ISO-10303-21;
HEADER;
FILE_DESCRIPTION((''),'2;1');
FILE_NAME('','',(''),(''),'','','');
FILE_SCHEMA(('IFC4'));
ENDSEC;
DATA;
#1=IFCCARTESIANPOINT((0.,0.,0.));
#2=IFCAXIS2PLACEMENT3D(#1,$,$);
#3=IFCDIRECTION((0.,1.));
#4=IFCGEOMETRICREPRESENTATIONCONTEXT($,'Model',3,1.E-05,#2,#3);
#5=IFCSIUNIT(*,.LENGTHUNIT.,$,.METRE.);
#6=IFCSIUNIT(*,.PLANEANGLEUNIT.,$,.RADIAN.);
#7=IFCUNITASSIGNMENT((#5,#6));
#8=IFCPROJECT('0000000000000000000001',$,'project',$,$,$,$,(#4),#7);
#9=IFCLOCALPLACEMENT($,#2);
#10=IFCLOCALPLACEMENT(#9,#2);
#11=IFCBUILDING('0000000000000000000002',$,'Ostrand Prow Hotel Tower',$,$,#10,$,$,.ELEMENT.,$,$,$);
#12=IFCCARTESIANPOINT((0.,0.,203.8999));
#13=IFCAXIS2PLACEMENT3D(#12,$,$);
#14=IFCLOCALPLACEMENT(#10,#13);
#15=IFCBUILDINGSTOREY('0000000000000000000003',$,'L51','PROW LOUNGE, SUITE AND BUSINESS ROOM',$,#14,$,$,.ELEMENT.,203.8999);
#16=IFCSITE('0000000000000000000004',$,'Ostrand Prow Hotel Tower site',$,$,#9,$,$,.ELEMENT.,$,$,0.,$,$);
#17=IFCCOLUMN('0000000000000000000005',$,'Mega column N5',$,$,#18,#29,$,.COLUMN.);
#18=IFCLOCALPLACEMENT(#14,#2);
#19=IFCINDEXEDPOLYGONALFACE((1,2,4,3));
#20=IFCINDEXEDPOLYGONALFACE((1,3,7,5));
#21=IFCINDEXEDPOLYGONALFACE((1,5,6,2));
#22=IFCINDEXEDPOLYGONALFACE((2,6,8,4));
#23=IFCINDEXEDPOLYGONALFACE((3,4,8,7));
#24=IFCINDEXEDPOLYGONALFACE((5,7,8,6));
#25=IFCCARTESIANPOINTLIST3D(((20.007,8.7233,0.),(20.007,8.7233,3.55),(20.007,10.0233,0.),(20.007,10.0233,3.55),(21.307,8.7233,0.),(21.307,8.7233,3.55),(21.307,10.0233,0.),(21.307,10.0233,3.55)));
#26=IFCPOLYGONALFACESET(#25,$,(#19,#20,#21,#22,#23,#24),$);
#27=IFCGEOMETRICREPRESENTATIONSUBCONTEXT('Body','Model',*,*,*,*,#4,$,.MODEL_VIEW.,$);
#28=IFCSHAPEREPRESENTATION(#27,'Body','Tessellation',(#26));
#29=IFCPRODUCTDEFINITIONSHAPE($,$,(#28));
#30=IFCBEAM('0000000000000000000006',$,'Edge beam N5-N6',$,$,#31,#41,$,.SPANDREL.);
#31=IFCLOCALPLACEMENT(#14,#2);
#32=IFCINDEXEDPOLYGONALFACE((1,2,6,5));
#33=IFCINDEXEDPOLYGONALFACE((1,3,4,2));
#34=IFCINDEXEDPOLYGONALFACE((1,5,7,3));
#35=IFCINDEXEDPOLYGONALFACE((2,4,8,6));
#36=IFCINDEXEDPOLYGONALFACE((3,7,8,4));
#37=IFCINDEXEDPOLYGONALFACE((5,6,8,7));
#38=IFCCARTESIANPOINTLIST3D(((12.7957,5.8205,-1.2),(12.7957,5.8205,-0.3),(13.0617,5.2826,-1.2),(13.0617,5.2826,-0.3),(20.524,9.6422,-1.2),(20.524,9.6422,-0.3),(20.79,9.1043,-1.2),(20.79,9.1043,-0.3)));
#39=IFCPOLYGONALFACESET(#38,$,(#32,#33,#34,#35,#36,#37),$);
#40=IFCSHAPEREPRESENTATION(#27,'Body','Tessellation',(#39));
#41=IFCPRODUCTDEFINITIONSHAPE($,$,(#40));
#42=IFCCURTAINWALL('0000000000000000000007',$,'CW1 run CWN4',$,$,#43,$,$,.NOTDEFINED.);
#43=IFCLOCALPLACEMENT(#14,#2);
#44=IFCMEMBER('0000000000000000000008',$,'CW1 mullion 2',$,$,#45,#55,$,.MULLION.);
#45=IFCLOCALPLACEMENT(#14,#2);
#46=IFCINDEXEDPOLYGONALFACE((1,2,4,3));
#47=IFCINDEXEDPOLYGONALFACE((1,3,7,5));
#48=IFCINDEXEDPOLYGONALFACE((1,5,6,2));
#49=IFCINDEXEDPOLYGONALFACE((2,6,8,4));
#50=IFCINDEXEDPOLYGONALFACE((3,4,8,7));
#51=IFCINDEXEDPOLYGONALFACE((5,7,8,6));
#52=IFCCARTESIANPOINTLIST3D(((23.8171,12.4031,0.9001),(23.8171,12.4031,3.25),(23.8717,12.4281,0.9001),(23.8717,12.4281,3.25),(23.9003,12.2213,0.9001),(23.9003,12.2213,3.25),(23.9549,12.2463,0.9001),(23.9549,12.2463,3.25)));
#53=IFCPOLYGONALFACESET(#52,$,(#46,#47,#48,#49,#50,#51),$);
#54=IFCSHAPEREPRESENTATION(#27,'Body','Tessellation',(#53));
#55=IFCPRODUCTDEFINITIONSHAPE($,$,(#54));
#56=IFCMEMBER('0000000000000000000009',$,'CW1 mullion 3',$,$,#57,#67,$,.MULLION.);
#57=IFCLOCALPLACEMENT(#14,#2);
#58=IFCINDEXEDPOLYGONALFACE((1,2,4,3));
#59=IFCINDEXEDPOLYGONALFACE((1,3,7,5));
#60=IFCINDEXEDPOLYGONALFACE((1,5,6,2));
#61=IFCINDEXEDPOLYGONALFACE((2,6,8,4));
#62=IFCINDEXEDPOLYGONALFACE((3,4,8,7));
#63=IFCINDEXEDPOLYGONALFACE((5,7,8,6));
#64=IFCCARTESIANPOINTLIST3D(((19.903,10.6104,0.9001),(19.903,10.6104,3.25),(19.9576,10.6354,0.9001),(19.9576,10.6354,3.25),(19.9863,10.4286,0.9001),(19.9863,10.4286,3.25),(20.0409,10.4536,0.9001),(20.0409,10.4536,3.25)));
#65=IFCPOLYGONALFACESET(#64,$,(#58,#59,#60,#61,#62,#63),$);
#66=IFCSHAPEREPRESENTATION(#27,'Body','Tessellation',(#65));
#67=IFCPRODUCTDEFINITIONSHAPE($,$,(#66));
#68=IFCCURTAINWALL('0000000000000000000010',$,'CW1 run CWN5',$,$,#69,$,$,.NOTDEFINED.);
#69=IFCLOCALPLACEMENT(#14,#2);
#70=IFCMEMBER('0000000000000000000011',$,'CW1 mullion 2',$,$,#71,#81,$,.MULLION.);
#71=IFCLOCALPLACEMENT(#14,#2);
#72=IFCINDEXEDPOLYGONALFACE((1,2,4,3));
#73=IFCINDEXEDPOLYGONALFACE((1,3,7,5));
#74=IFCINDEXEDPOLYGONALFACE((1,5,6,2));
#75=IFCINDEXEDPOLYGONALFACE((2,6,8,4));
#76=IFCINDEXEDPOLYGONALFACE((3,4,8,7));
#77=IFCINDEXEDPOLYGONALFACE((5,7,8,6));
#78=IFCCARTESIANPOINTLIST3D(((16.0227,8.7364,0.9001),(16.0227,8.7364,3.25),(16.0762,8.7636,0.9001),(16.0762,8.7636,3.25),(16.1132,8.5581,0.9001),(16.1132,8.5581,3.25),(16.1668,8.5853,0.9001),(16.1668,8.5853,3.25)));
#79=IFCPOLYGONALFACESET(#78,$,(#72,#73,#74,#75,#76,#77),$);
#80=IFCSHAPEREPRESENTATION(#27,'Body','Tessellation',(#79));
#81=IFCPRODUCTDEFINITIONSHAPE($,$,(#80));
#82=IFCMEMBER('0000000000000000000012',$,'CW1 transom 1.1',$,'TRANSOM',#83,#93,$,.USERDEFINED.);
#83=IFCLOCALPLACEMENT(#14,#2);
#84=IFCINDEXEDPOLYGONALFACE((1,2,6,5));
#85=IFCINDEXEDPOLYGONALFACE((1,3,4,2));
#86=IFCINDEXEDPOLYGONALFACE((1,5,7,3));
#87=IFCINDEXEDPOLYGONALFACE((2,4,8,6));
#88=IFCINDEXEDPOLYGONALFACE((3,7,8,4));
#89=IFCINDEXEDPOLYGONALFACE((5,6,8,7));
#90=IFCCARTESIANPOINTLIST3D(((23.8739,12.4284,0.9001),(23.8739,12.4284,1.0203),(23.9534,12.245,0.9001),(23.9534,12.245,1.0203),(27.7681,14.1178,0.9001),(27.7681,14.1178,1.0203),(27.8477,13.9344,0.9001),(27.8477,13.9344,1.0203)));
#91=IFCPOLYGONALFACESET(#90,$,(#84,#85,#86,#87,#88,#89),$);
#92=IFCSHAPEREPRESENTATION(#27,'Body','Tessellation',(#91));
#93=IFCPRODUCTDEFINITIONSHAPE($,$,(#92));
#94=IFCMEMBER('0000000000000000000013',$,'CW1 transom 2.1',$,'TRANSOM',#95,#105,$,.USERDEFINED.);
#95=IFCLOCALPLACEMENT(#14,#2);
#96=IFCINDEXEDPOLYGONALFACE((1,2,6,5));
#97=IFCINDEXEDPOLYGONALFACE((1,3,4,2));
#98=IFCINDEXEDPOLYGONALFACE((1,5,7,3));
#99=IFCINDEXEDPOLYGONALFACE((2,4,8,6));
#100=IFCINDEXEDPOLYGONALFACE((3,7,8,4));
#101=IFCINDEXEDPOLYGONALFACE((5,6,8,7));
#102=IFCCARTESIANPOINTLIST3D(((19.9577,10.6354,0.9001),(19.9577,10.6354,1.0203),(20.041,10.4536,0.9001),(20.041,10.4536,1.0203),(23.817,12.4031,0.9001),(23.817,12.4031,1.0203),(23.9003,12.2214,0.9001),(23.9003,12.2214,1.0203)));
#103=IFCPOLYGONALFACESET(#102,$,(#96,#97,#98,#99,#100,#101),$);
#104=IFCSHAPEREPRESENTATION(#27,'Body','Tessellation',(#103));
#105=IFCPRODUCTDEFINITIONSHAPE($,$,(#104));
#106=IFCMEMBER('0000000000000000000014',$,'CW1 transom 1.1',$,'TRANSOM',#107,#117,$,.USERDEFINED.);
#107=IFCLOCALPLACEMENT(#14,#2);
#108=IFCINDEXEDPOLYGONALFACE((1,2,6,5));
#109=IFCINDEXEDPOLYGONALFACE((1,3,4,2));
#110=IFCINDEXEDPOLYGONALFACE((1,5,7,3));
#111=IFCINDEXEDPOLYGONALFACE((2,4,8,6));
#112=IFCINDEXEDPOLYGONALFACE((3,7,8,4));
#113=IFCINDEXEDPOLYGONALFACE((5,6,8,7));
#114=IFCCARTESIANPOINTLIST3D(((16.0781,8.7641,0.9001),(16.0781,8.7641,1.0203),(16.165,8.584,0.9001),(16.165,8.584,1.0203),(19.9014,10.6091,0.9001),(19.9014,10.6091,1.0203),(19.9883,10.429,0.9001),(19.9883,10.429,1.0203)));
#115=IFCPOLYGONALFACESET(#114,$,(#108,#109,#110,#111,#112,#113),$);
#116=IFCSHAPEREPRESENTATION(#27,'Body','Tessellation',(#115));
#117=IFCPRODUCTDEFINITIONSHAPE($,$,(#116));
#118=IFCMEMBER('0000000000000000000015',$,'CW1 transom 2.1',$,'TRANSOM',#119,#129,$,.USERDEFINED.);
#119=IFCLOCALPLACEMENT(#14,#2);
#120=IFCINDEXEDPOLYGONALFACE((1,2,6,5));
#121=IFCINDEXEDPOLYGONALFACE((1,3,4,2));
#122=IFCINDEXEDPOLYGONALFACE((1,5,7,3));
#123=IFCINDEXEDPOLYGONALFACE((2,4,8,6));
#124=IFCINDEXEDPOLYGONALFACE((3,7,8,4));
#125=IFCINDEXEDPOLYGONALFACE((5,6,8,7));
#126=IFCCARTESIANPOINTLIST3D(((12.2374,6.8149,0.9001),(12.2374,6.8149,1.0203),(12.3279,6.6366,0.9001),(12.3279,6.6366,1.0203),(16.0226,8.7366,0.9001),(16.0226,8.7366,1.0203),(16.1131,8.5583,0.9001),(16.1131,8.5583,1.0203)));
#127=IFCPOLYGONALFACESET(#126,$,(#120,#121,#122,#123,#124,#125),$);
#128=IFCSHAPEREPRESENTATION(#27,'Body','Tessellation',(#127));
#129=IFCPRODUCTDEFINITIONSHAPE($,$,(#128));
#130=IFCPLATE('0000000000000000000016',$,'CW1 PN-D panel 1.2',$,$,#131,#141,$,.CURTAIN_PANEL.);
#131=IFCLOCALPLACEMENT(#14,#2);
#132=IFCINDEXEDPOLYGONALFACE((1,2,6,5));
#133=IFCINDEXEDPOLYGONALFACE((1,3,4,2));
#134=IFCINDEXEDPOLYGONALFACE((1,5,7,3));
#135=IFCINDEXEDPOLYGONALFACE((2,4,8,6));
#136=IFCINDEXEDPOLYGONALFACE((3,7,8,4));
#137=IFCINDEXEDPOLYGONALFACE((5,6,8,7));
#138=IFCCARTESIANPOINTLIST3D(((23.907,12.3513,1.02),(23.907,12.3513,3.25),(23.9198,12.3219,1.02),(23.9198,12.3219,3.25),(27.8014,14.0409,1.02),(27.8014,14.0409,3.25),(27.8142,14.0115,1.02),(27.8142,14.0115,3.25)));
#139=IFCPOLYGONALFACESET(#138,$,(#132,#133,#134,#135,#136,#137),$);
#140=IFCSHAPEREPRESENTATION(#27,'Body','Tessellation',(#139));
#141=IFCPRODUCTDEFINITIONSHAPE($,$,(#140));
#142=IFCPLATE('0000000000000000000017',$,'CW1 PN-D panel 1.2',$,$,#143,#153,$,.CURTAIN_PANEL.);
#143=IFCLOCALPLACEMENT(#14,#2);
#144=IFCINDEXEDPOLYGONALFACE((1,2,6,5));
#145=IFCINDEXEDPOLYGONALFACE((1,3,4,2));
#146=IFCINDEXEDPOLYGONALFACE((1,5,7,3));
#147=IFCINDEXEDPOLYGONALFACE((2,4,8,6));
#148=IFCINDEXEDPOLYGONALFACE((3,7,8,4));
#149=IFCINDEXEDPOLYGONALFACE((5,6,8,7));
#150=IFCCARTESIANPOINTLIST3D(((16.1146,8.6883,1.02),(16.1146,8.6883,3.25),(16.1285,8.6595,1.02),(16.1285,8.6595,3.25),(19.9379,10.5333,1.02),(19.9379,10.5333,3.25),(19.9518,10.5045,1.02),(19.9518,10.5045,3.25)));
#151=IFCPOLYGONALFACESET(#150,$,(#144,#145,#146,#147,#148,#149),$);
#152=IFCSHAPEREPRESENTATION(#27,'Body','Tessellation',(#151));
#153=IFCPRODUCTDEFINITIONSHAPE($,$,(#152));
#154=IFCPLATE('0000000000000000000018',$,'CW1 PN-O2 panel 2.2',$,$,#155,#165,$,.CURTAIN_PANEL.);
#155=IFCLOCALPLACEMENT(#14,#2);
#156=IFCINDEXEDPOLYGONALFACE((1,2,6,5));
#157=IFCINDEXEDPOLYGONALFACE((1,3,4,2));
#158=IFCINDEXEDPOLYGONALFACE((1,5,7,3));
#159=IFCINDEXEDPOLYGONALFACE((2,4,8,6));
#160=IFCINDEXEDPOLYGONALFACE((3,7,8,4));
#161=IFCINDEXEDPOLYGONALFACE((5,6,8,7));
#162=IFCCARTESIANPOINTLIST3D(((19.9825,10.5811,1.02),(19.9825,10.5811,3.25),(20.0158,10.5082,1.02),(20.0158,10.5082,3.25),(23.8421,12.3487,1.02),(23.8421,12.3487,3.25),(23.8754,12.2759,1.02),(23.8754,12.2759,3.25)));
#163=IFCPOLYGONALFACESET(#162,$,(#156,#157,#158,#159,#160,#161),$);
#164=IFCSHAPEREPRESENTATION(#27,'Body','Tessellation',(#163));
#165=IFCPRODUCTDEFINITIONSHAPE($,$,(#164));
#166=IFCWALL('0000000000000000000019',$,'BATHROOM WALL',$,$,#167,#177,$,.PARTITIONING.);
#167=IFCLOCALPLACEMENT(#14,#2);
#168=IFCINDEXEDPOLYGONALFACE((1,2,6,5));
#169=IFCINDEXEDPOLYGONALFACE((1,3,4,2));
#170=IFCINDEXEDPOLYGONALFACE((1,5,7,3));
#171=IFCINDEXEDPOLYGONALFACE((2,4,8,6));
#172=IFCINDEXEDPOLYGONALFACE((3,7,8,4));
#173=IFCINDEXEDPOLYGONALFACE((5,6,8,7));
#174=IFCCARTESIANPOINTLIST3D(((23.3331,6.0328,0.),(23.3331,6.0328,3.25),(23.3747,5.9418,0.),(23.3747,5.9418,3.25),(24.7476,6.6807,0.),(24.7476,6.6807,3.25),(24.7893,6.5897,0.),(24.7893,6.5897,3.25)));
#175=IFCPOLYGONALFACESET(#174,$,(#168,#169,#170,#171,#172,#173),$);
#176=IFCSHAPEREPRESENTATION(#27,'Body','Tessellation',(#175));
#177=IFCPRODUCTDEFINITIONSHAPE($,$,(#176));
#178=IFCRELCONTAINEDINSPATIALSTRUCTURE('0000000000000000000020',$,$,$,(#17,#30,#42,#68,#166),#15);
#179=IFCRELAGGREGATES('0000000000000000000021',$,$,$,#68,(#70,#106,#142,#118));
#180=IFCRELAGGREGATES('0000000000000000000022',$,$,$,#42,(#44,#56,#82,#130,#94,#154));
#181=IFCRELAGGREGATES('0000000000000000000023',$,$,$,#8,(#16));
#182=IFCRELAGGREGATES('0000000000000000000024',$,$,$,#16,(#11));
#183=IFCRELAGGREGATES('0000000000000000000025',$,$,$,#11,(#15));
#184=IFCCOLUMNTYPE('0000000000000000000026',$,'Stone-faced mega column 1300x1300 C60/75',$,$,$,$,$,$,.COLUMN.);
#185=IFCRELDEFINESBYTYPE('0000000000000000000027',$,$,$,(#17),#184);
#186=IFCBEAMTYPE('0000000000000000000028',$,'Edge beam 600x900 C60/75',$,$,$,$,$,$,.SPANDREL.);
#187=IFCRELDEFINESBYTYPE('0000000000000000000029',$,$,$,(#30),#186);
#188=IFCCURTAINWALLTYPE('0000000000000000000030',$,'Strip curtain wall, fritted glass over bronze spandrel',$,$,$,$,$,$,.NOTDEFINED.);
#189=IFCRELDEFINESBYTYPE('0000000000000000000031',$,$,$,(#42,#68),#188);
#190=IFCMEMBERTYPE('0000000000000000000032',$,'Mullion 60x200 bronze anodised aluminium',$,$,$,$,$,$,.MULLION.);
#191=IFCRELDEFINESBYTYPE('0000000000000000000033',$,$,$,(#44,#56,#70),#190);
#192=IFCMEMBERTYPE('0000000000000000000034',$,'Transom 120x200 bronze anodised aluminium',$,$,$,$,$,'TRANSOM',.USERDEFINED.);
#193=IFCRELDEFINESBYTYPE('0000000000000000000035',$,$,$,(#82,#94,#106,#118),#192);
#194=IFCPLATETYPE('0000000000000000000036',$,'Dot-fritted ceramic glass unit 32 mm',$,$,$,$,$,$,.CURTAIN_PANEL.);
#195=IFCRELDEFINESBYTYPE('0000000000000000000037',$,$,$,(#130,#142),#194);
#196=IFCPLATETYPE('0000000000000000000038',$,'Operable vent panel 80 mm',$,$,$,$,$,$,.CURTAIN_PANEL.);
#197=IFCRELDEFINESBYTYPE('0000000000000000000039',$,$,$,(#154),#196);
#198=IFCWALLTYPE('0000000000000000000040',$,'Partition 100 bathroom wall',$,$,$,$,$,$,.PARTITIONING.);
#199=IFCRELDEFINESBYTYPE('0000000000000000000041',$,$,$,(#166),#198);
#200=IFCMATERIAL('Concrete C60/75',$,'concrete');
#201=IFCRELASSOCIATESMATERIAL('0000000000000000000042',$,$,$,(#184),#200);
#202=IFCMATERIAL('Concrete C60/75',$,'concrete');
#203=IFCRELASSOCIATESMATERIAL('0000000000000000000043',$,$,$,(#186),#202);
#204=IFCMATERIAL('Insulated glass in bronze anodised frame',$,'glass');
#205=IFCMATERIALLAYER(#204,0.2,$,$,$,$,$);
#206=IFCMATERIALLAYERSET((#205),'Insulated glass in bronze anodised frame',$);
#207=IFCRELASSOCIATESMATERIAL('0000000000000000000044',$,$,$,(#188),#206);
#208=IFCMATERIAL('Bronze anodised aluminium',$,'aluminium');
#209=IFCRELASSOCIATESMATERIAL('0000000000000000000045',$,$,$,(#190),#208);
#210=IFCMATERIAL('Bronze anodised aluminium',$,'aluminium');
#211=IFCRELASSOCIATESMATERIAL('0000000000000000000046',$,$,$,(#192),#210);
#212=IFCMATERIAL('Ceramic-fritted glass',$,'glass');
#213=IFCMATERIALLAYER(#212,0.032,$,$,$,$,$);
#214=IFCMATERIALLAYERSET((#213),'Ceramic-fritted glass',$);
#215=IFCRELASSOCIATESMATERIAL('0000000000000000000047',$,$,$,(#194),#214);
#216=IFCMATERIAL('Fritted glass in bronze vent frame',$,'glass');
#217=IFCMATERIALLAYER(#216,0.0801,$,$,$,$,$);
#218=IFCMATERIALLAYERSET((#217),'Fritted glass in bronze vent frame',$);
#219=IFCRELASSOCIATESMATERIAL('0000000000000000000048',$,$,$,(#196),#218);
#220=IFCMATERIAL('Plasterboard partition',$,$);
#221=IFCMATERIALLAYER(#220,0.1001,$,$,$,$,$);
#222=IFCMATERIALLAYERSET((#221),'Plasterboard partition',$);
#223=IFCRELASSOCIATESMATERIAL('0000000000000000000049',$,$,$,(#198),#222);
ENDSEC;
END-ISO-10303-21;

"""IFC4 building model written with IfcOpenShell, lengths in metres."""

from ifc_helpers import new_model, si_unit, direction, frame, frame_2d, origin, origin_2d, place, context, subcontext, project, spatial, rectangle, extrude, material, layer, layer_set, material_profile, profile_set, type_object, element, aggregate, save


model = new_model("IFC4")

# Units and contexts
model_context = context("Model", 3, precision=1e-05, world=origin(), true_north=direction((0.0, 1.0)))
body_context = subcontext(model_context, "Body", "Model", "MODEL_VIEW")
ifc_project = project(units=[si_unit("LENGTHUNIT", "METRE"), si_unit("PLANEANGLEUNIT", "RADIAN")], contexts=[model_context])

# Site, building, storey
site_placement = place(None, origin())
site = spatial("IfcSite", under=ifc_project, at=site_placement, Name="Ostrand Prow Hotel Tower site", CompositionType="ELEMENT", RefElevation=0.0)
building_placement = place(site_placement, origin())
building = spatial("IfcBuilding", under=site, at=building_placement, Name="Ostrand Prow Hotel Tower", CompositionType="ELEMENT")
storey_placement = place(building_placement, frame((0.0, 0.0, 203.8999)))
storey = spatial("IfcBuildingStorey", under=building, at=storey_placement, Name="L51", Description="PROW LOUNGE, SUITE AND BUSINESS ROOM", CompositionType="ELEMENT", Elevation=203.8999)

# Column
ifc_material_1 = material(Name="Concrete C60/75", Category="concrete")
ifc_material_profile_1 = material_profile(ifc_material_1, rectangle(XDim=1.3, YDim=1.3, at=origin_2d()), Name="RC 1300x1300")
ifc_profile_set_1 = profile_set([ifc_material_profile_1], Name="Concrete C60/75")
column_type = type_object("IfcColumnType", Name="Stone-faced mega column 1300x1300 C60/75", PredefinedType="COLUMN", material=ifc_profile_set_1)
column_placement = place(storey_placement, frame((20.657, 9.3733, 0.0), z_axis=(0.0, 0.0, 1.0), x_axis=(1.0, 0.0, 0.0)))
element("IfcColumn", 1, at=column_placement, inside=storey, type_object=column_type, Name="Mega column N5", PredefinedType="COLUMN", context=body_context, shape_type="SweptSolid", body=[
    extrude(rectangle(XDim=1.3, YDim=1.3, at=origin_2d()), origin(), (0.0, 0.0, 1.0), 3.55),
])

# Beam
ifc_material_2 = material(Name="Concrete C60/75", Category="concrete")
ifc_material_profile_2 = material_profile(ifc_material_2, rectangle(XDim=0.6001, YDim=0.8999, at=origin_2d()), Name="RC 600x900")
ifc_profile_set_2 = profile_set([ifc_material_profile_2], Name="Concrete C60/75")
beam_type = type_object("IfcBeamType", Name="Edge beam 600x900 C60/75", PredefinedType="SPANDREL", material=ifc_profile_set_2)
beam_placement = place(storey_placement, frame((20.657, 9.3733, -0.75), z_axis=(-0.896384, -0.443279, 0.0), x_axis=(0.443279, -0.896384, 0.0)))
element("IfcBeam", 2, at=beam_placement, inside=storey, type_object=beam_type, Name="Edge beam N5-N6", PredefinedType="SPANDREL", context=body_context, shape_type="SweptSolid", body=[
    extrude(rectangle(XDim=0.6001, YDim=0.8999, at=origin_2d()), origin(), (0.0, 0.0, 1.0), 8.6216),
])

# Curtain wall, members
ifc_material_3 = material(Name="Insulated glass in bronze anodised frame", Category="glass")
ifc_layer_1 = layer(ifc_material_3, 0.2)
ifc_layer_set_1 = layer_set([ifc_layer_1], Name="Insulated glass in bronze anodised frame")
curtain_wall_type = type_object("IfcCurtainWallType", Name="Strip curtain wall, fritted glass over bronze spandrel", PredefinedType="NOTDEFINED", material=ifc_layer_set_1)
curtain_wall_1_placement = place(storey_placement, origin())
curtain_wall_1 = element("IfcCurtainWall", 3, at=curtain_wall_1_placement, inside=storey, type_object=curtain_wall_type, Name="CW1 run CWN4", PredefinedType="NOTDEFINED")
ifc_material_4 = material(Name="Bronze anodised aluminium", Category="aluminium")
ifc_material_profile_3 = material_profile(ifc_material_4, rectangle(XDim=0.2, YDim=0.0601, at=origin_2d()), Name="Mullion 60x200 bronze anodised aluminium")
ifc_profile_set_3 = profile_set([ifc_material_profile_3], Name="Bronze anodised aluminium")
member_type_1 = type_object("IfcMemberType", Name="Mullion 60x200 bronze anodised aluminium", PredefinedType="MULLION", material=ifc_profile_set_3)
member_1_placement = place(storey_placement, frame((23.886, 12.3247, 0.9001), z_axis=(0.0, 0.0, 1.0), x_axis=(0.416393, -0.909185, 0.0)))
member_1 = element("IfcMember", 4, at=member_1_placement, type_object=member_type_1, Name="CW1 mullion 2", PredefinedType="MULLION", context=body_context, shape_type="SweptSolid", body=[
    extrude(rectangle(XDim=0.2, YDim=0.0601, at=origin_2d()), origin(), (0.0, 0.0, 1.0), 2.3499),
])
member_2_placement = place(storey_placement, frame((19.9719, 10.532, 0.9001), z_axis=(0.0, 0.0, 1.0), x_axis=(0.416393, -0.909185, 0.0)))
member_2 = element("IfcMember", 5, at=member_2_placement, type_object=member_type_1, Name="CW1 mullion 3", PredefinedType="MULLION", context=body_context, shape_type="SweptSolid", body=[
    extrude(rectangle(XDim=0.2, YDim=0.0601, at=origin_2d()), origin(), (0.0, 0.0, 1.0), 2.3499),
])

# Curtain wall, member
curtain_wall_2_placement = place(storey_placement, origin())
curtain_wall_2 = element("IfcCurtainWall", 6, at=curtain_wall_2_placement, inside=storey, type_object=curtain_wall_type, Name="CW1 run CWN5", PredefinedType="NOTDEFINED")
member_3_placement = place(storey_placement, frame((16.0947, 8.6609, 0.9001), z_axis=(0.0, 0.0, 1.0), x_axis=(0.452659, -0.891684, 0.0)))
member_3 = element("IfcMember", 7, at=member_3_placement, type_object=member_type_1, Name="CW1 mullion 2", PredefinedType="MULLION", context=body_context, shape_type="SweptSolid", body=[
    extrude(rectangle(XDim=0.2, YDim=0.0601, at=origin_2d()), origin(), (0.0, 0.0, 1.0), 2.3499),
])

# Members
ifc_material_5 = material(Name="Bronze anodised aluminium", Category="aluminium")
ifc_material_profile_4 = material_profile(ifc_material_5, rectangle(XDim=0.2, YDim=0.1201, at=origin_2d()), Name="Transom 120x200 bronze anodised aluminium")
ifc_profile_set_4 = profile_set([ifc_material_profile_4], Name="Bronze anodised aluminium")
member_type_2 = type_object("IfcMemberType", Name="Transom 120x200 bronze anodised aluminium", ElementType="TRANSOM", PredefinedType="USERDEFINED", material=ifc_profile_set_4)
member_4_placement = place(storey_placement, frame((27.8079, 14.0261, 0.9602), z_axis=(-0.91739, -0.39799, 0.0), x_axis=(0.39799, -0.91739, 0.0)))
member_4 = element("IfcMember", 8, at=member_4_placement, type_object=member_type_2, Name="CW1 transom 1.1", ObjectType="TRANSOM", PredefinedType="USERDEFINED", context=body_context, shape_type="SweptSolid", body=[
    extrude(rectangle(XDim=0.2, YDim=0.1201, at=origin_2d()), origin(), (0.0, 0.0, 1.0), 4.2449),
])
member_5_placement = place(storey_placement, frame((23.8586, 12.3123, 0.9602), z_axis=(-0.909159, -0.416449, 0.0), x_axis=(0.416449, -0.909159, 0.0)))
member_5 = element("IfcMember", 9, at=member_5_placement, type_object=member_type_2, Name="CW1 transom 2.1", ObjectType="TRANSOM", PredefinedType="USERDEFINED", context=body_context, shape_type="SweptSolid", body=[
    extrude(rectangle(XDim=0.2, YDim=0.1201, at=origin_2d()), origin(), (0.0, 0.0, 1.0), 4.2449),
])
member_6_placement = place(storey_placement, frame((19.9448, 10.519, 0.9602), z_axis=(-0.900619, -0.434609, 0.0), x_axis=(0.434609, -0.900619, 0.0)))
member_6 = element("IfcMember", 10, at=member_6_placement, type_object=member_type_2, Name="CW1 transom 1.1", ObjectType="TRANSOM", PredefinedType="USERDEFINED", context=body_context, shape_type="SweptSolid", body=[
    extrude(rectangle(XDim=0.2, YDim=0.1201, at=origin_2d()), origin(), (0.0, 0.0, 1.0), 4.2451),
])
member_7_placement = place(storey_placement, frame((16.0679, 8.6475, 0.9602), z_axis=(-0.891673, -0.45268, 0.0), x_axis=(0.45268, -0.891673, 0.0)))
member_7 = element("IfcMember", 11, at=member_7_placement, type_object=member_type_2, Name="CW1 transom 2.1", ObjectType="TRANSOM", PredefinedType="USERDEFINED", context=body_context, shape_type="SweptSolid", body=[
    extrude(rectangle(XDim=0.2, YDim=0.1201, at=origin_2d()), origin(), (0.0, 0.0, 1.0), 4.2451),
])

# Plates
ifc_material_6 = material(Name="Ceramic-fritted glass", Category="glass")
ifc_layer_2 = layer(ifc_material_6, 0.032)
ifc_layer_set_2 = layer_set([ifc_layer_2], Name="Ceramic-fritted glass")
plate_type_1 = type_object("IfcPlateType", Name="Dot-fritted ceramic glass unit 32 mm", PredefinedType="CURTAIN_PANEL", material=ifc_layer_set_2)
plate_1_placement = place(storey_placement, frame((25.8606, 13.1814, 1.02), z_axis=(0.0, 0.0, 1.0), x_axis=(-0.917383, -0.398005, 0.0)))
plate_1 = element("IfcPlate", 12, at=plate_1_placement, type_object=plate_type_1, Name="CW1 PN-D panel 1.2", PredefinedType="CURTAIN_PANEL", context=body_context, shape_type="SweptSolid", body=[
    extrude(rectangle(XDim=4.2451, YDim=0.032, at=origin_2d()), origin(), (0.0, 0.0, 1.0), 2.23),
])
plate_2_placement = place(storey_placement, frame((18.0332, 9.5964, 1.02), z_axis=(0.0, 0.0, 1.0), x_axis=(-0.900616, -0.434615, 0.0)))
plate_2 = element("IfcPlate", 13, at=plate_2_placement, type_object=plate_type_1, Name="CW1 PN-D panel 1.2", PredefinedType="CURTAIN_PANEL", context=body_context, shape_type="SweptSolid", body=[
    extrude(rectangle(XDim=4.2451, YDim=0.032, at=origin_2d()), origin(), (0.0, 0.0, 1.0), 2.23),
])
aggregate(curtain_wall_2, [member_3, member_6, plate_2, member_7])
ifc_material_7 = material(Name="Fritted glass in bronze vent frame", Category="glass")
ifc_layer_3 = layer(ifc_material_7, 0.0801)
ifc_layer_set_3 = layer_set([ifc_layer_3], Name="Fritted glass in bronze vent frame")
plate_type_2 = type_object("IfcPlateType", Name="Operable vent panel 80 mm", PredefinedType="CURTAIN_PANEL", material=ifc_layer_set_3)
plate_3_placement = place(storey_placement, frame((21.929, 11.4285, 1.02), z_axis=(0.0, 0.0, 1.0), x_axis=(-0.909185, -0.416393, 0.0)))
plate_3 = element("IfcPlate", 14, at=plate_3_placement, type_object=plate_type_2, Name="CW1 PN-O2 panel 2.2", PredefinedType="CURTAIN_PANEL", context=body_context, shape_type="SweptSolid", body=[
    extrude(rectangle(XDim=4.2451, YDim=0.0801, at=origin_2d()), origin(), (0.0, 0.0, 1.0), 2.23),
])
aggregate(curtain_wall_1, [member_1, member_2, member_4, plate_1, member_5, plate_3])

# Wall
ifc_material_8 = material(Name="Plasterboard partition")
ifc_layer_4 = layer(ifc_material_8, 0.1001)
ifc_layer_set_4 = layer_set([ifc_layer_4], Name="Plasterboard partition")
wall_type_1 = type_object("IfcWallType", Name="Partition 100 bathroom wall", PredefinedType="PARTITIONING", material=ifc_layer_set_4)
wall_1_placement = place(storey_placement, frame((23.354, 5.9873, 0.0), z_axis=(0.0, 0.0, 1.0), x_axis=(0.909159, 0.416449, 0.0)))
element("IfcWall", 15, at=wall_1_placement, inside=storey, type_object=wall_type_1, Name="BATHROOM WALL", PredefinedType="PARTITIONING", context=body_context, shape_type="SweptSolid", body=[
    extrude(rectangle(XDim=1.5559, YDim=0.1001, at=frame_2d((0.7778, 0.0))), origin(), (0.0, 0.0, 1.0), 3.25),
])

save(model, "model.ifc")
